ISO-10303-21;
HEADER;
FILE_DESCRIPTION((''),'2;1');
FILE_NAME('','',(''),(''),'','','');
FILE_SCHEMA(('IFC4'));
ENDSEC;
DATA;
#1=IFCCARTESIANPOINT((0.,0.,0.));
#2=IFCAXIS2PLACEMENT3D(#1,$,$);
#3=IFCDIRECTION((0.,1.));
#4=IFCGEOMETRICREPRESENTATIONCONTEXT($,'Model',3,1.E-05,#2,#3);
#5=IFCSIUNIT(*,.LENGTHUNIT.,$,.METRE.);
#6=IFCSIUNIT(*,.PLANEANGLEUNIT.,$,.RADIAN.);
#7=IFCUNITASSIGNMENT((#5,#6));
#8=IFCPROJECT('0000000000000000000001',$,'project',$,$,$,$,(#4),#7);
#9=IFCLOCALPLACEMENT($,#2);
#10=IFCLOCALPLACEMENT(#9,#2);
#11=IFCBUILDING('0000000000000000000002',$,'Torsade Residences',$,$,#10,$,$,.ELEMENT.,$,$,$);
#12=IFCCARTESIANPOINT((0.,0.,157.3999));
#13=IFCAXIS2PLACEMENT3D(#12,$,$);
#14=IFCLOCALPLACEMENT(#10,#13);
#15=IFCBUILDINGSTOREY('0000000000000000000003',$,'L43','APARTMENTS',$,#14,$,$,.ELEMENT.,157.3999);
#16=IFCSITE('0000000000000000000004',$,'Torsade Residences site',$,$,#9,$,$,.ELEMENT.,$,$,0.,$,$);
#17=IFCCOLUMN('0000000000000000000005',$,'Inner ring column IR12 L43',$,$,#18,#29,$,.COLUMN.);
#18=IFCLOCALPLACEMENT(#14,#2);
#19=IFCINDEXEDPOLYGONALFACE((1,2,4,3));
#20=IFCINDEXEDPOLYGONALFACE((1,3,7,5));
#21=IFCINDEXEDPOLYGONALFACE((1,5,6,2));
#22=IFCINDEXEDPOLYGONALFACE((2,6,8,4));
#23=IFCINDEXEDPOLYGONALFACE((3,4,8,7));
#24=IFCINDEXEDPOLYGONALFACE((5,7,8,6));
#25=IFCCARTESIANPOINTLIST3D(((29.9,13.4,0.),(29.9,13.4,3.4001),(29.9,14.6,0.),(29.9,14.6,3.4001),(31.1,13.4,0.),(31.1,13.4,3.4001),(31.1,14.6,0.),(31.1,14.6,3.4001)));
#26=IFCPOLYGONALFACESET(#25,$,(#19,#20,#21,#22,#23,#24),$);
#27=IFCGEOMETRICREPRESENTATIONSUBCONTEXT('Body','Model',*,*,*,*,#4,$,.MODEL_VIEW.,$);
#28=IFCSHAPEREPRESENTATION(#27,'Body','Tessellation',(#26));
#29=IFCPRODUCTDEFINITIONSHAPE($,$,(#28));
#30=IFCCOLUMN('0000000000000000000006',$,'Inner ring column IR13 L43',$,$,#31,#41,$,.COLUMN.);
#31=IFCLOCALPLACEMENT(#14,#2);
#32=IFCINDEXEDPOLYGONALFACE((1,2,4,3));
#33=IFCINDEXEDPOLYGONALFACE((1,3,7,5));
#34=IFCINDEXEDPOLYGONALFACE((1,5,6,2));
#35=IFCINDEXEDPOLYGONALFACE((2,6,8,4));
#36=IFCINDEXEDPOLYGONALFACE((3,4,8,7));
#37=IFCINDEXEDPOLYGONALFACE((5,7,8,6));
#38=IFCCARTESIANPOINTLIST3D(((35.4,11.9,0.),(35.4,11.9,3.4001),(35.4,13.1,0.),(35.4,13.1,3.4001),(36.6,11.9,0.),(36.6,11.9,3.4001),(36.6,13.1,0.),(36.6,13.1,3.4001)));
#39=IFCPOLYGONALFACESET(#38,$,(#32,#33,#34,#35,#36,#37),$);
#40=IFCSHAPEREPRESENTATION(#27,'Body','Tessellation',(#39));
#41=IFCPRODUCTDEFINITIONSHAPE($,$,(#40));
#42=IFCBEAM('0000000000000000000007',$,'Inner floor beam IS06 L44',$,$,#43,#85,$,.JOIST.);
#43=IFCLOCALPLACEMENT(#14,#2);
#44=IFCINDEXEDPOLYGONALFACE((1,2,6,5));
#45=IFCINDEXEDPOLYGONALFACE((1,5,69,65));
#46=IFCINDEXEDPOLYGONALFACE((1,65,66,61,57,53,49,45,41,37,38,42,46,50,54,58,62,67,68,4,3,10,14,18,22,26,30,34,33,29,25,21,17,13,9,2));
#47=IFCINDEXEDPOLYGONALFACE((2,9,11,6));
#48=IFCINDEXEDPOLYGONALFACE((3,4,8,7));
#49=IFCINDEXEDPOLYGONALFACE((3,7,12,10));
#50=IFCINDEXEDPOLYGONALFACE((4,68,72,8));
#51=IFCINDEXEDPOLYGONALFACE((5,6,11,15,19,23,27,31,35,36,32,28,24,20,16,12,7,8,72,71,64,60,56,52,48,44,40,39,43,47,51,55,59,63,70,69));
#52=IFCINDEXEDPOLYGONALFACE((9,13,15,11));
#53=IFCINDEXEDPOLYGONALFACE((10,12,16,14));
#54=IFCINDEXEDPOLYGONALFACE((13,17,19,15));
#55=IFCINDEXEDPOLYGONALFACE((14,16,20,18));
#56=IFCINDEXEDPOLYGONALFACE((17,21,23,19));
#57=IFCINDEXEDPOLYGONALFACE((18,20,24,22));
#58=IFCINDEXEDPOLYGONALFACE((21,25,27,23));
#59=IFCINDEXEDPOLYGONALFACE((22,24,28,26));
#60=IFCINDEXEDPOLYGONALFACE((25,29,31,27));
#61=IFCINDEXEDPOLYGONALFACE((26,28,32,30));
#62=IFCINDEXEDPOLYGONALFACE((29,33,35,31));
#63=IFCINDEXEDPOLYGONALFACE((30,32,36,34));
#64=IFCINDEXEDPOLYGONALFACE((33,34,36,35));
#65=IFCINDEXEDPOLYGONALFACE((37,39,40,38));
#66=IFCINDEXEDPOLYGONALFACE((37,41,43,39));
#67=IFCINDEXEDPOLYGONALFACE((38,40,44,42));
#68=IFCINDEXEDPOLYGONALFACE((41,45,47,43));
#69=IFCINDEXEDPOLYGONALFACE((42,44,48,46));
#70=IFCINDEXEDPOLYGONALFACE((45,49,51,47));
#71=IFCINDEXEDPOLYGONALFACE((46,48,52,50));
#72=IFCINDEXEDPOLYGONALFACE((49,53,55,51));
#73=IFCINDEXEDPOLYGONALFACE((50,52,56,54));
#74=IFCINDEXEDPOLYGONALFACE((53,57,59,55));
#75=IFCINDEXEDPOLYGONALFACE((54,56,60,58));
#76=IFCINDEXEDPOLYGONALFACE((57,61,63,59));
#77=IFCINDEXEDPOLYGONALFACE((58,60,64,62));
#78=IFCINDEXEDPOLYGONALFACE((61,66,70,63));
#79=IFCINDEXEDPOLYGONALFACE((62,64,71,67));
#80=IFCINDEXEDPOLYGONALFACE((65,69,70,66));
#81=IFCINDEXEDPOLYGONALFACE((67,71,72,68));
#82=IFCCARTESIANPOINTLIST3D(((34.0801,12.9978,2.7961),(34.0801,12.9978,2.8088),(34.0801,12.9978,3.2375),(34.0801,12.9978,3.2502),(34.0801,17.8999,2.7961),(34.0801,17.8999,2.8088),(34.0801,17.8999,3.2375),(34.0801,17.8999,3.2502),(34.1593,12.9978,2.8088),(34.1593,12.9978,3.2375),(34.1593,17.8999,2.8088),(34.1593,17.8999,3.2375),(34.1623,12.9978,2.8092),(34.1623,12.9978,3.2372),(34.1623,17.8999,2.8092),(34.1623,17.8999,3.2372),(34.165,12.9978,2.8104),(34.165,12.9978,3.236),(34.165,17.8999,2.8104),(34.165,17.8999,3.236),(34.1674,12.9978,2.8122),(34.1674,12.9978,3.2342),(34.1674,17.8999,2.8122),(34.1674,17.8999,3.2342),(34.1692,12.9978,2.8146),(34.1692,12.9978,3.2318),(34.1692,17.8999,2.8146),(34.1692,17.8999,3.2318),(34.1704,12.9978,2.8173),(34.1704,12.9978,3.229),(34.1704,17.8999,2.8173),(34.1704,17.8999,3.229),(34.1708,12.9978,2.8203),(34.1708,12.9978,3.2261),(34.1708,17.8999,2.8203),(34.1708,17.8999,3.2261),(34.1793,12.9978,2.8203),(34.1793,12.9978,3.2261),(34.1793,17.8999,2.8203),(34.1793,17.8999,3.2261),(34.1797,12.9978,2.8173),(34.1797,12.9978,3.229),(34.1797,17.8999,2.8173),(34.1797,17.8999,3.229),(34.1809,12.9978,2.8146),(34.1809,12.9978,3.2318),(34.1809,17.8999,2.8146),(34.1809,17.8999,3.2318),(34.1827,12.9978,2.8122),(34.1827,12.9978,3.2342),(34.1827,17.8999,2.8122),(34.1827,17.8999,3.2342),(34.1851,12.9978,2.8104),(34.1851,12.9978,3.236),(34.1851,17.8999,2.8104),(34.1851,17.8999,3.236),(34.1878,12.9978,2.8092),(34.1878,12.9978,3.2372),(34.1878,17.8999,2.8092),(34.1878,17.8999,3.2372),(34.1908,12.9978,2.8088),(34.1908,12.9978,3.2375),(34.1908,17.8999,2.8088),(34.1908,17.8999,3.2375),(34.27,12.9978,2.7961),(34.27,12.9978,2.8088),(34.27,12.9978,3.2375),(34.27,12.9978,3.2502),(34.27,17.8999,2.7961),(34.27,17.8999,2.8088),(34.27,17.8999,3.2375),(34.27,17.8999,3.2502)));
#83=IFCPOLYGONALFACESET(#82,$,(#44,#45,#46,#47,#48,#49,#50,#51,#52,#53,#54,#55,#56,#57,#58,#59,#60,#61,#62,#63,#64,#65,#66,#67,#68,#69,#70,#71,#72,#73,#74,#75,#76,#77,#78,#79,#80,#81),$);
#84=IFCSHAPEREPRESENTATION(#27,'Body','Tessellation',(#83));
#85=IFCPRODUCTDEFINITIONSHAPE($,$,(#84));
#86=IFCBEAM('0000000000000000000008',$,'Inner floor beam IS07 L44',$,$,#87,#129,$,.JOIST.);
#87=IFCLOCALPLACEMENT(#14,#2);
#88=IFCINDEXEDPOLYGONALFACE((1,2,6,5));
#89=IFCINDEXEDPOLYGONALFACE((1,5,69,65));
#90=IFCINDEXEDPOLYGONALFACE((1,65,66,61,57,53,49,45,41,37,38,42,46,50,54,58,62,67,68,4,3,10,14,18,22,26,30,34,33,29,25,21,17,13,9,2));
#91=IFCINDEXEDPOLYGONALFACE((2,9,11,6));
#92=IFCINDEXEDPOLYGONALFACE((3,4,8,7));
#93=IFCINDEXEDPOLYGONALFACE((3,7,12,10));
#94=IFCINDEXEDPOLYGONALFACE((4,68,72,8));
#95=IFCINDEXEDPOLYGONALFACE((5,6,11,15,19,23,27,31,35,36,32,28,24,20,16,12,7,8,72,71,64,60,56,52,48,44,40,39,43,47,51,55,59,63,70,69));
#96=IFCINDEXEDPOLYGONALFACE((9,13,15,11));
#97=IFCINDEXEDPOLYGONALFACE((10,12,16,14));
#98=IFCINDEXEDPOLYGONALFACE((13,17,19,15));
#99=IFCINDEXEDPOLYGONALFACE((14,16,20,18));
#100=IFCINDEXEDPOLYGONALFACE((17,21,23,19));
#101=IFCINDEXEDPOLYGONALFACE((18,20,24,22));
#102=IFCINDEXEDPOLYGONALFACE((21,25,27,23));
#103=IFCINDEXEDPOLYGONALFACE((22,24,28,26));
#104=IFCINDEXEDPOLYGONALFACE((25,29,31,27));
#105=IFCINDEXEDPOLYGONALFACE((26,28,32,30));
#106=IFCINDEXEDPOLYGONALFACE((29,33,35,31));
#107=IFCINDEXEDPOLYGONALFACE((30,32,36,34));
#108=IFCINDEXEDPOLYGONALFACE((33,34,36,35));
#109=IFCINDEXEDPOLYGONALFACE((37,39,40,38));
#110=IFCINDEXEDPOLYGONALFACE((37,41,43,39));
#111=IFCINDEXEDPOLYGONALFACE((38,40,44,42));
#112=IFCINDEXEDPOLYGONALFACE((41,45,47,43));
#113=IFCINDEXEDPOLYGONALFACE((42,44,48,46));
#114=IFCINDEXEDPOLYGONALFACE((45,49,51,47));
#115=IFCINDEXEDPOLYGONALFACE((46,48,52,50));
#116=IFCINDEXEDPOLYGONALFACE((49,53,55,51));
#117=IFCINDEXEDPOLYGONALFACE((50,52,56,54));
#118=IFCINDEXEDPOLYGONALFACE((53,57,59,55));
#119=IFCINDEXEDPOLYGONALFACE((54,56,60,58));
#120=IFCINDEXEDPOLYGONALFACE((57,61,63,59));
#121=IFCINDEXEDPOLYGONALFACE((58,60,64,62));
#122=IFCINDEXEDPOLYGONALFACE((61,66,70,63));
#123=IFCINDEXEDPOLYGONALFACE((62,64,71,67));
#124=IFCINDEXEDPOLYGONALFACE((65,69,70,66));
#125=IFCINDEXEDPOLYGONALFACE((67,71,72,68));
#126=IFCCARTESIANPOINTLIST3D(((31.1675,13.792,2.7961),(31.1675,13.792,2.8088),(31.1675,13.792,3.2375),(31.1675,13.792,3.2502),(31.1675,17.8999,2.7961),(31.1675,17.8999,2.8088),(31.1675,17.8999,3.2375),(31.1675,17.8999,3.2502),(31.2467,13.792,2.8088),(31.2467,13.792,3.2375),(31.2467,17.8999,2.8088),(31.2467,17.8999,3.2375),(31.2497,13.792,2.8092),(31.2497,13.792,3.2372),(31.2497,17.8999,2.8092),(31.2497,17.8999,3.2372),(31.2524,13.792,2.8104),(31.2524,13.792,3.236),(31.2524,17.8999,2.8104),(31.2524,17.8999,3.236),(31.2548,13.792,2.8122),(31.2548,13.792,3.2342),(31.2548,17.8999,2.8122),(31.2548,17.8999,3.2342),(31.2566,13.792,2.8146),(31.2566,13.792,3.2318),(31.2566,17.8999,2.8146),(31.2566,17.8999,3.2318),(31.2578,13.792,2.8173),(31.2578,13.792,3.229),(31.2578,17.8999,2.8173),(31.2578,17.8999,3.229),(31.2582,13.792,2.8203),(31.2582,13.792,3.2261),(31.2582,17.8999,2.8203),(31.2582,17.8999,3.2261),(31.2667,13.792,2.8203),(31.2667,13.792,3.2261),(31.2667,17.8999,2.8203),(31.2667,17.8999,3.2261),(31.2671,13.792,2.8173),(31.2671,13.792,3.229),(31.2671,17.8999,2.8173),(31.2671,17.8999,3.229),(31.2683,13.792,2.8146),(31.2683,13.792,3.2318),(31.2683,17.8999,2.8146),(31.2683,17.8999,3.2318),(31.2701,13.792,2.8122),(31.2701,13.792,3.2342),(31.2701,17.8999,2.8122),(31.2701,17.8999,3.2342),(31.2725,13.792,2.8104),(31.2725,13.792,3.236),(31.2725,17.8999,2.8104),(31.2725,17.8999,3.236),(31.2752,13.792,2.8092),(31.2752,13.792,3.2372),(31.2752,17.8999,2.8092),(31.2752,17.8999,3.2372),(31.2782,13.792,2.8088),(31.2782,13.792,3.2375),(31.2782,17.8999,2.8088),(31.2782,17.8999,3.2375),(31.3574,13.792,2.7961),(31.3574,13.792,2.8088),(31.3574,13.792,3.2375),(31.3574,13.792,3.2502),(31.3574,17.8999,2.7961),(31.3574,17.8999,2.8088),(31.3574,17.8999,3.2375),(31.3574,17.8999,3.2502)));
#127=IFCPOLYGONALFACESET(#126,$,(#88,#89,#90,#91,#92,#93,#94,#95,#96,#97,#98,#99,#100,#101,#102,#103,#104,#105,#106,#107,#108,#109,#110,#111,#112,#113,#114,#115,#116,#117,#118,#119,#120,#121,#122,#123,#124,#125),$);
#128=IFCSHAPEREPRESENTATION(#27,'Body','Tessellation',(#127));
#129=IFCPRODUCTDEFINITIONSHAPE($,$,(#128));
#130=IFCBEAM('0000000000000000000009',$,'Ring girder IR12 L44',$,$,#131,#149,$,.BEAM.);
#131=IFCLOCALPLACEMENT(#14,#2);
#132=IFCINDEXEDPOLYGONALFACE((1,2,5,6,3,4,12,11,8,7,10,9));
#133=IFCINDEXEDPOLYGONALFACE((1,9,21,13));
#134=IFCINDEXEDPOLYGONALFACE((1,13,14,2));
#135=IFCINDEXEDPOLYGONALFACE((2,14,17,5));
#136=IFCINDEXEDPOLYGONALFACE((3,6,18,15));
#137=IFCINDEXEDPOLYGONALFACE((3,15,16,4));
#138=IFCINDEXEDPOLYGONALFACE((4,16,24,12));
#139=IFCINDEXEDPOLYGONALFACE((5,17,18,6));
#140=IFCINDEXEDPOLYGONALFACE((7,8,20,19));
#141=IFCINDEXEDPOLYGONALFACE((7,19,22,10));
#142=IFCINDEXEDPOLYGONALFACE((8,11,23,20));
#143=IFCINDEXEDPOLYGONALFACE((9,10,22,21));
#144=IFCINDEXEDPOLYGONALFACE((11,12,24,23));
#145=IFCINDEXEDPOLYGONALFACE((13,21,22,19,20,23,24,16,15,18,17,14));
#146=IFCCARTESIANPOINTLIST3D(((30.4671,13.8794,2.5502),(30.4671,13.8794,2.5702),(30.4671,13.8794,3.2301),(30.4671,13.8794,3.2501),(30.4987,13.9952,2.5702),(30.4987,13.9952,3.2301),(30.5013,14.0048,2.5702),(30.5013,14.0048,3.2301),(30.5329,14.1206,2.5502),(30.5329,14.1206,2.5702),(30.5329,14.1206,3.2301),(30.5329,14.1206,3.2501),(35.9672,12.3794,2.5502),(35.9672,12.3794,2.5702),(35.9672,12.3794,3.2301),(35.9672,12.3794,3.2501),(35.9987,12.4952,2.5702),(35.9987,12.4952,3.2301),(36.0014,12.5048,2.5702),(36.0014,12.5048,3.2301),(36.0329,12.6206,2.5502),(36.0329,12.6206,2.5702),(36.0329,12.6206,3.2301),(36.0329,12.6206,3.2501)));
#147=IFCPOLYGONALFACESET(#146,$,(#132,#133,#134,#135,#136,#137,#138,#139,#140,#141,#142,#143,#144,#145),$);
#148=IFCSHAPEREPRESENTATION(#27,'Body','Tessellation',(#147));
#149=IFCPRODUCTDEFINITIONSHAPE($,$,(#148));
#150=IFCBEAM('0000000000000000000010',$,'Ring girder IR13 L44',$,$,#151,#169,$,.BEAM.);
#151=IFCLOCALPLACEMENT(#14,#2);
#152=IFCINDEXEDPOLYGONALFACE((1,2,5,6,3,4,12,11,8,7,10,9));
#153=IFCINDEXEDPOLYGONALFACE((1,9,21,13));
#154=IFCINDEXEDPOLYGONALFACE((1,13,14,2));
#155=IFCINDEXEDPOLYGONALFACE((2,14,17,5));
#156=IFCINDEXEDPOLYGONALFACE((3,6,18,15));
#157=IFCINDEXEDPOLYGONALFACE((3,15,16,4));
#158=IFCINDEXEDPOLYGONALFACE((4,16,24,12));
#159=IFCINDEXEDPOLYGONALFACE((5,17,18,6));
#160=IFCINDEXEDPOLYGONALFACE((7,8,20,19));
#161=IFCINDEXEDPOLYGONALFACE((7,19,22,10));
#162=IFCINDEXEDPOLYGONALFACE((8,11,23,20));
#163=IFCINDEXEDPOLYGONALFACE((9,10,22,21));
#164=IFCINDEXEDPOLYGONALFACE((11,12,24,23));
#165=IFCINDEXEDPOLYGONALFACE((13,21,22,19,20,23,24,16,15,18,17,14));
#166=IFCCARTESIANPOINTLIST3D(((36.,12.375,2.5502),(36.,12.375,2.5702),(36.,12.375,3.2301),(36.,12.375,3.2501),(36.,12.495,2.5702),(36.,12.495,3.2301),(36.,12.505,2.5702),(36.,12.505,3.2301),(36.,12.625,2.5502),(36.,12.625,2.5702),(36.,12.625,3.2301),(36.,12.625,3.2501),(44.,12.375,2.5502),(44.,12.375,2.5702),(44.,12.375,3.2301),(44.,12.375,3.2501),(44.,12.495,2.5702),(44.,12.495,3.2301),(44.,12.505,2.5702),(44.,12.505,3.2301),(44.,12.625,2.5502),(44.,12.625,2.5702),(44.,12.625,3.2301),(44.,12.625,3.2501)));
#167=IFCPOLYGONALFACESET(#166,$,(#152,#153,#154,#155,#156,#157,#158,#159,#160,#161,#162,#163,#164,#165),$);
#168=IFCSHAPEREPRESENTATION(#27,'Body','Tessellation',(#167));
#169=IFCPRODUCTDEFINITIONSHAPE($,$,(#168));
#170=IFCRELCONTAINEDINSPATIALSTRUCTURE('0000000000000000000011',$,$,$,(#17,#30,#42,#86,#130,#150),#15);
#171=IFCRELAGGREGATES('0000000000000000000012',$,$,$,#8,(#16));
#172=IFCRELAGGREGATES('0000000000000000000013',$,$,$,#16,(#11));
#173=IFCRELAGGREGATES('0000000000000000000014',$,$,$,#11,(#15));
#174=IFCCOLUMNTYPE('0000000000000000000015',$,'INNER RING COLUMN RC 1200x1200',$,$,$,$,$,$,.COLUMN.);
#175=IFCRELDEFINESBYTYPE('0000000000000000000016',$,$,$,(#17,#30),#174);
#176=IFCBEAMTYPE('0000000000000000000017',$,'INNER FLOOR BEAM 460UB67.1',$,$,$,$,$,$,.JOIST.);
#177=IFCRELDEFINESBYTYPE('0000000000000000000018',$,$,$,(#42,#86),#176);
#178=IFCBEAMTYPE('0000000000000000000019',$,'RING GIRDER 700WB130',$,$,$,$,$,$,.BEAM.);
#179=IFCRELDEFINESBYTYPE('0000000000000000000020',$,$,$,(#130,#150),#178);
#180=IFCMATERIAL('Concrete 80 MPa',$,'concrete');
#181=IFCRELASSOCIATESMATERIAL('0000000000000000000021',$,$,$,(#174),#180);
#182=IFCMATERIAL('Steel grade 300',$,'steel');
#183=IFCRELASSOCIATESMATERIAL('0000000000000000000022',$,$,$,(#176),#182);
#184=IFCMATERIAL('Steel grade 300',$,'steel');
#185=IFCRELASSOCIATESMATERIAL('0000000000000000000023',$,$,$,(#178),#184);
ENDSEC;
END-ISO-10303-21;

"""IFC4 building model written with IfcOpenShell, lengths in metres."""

from ifc_helpers import new_model, si_unit, direction, frame, origin, origin_2d, place, context, subcontext, project, spatial, rectangle, i_section, extrude, material, material_profile, profile_set, type_object, element, save


model = new_model("IFC4")

# Units and contexts
model_context = context("Model", 3, precision=1e-05, world=origin(), true_north=direction((0.0, 1.0)))
body_context = subcontext(model_context, "Body", "Model", "MODEL_VIEW")
ifc_project = project(units=[si_unit("LENGTHUNIT", "METRE"), si_unit("PLANEANGLEUNIT", "RADIAN")], contexts=[model_context])

# Site, building, storey
site_placement = place(None, origin())
site = spatial("IfcSite", under=ifc_project, at=site_placement, Name="Torsade Residences site", CompositionType="ELEMENT", RefElevation=0.0)
building_placement = place(site_placement, origin())
building = spatial("IfcBuilding", under=site, at=building_placement, Name="Torsade Residences", CompositionType="ELEMENT")
storey_placement = place(building_placement, frame((0.0, 0.0, 157.3999)))
storey = spatial("IfcBuildingStorey", under=building, at=storey_placement, Name="L43", Description="APARTMENTS", CompositionType="ELEMENT", Elevation=157.3999)

# Columns
ifc_material_1 = material(Name="Concrete 80 MPa", Category="concrete")
ifc_material_profile_1 = material_profile(ifc_material_1, rectangle(XDim=1.2, YDim=1.2, at=origin_2d()), Name="RC 1200x1200")
ifc_profile_set_1 = profile_set([ifc_material_profile_1], Name="Concrete 80 MPa")
column_type = type_object("IfcColumnType", Name="INNER RING COLUMN RC 1200x1200", PredefinedType="COLUMN", material=ifc_profile_set_1)
for number, where, z_axis, x_axis, name in (
    (1, (30.5, 14.0, 0.0), (0.0, 0.0, 1.0), (1.0, 0.0, 0.0), "Inner ring column IR12 L43"),
    (2, (36.0, 12.5, 0.0), (0.0, 0.0, 1.0), (1.0, 0.0, 0.0), "Inner ring column IR13 L43"),
):
    element("IfcColumn", number, at=place(storey_placement, frame(where, z_axis=z_axis, x_axis=x_axis)), inside=storey, type_object=column_type, Name=name, PredefinedType="COLUMN", context=body_context, shape_type="SweptSolid", body=[
        extrude(rectangle(XDim=1.2, YDim=1.2, at=origin_2d()), origin(), (0.0, 0.0, 1.0), 3.4001),
    ])

# Beams
ifc_material_2 = material(Name="Steel grade 300", Category="steel")
ifc_material_profile_2 = material_profile(ifc_material_2, i_section(OverallWidth=0.1899, OverallDepth=0.4541, WebThickness=0.0085, FlangeThickness=0.0127, FilletRadius=0.0115, at=origin_2d()), Name="460UB67.1")
ifc_profile_set_2 = profile_set([ifc_material_profile_2], Name="Steel grade 300")
beam_type_1 = type_object("IfcBeamType", Name="INNER FLOOR BEAM 460UB67.1", PredefinedType="JOIST", material=ifc_profile_set_2)
beam_1_placement = place(storey_placement, frame((34.175, 17.8999, 3.0232), z_axis=(0.0, -1.0, 0.0), x_axis=(1.0, 0.0, 0.0)))
element("IfcBeam", 3, at=beam_1_placement, inside=storey, type_object=beam_type_1, Name="Inner floor beam IS06 L44", PredefinedType="JOIST", context=body_context, shape_type="SweptSolid", body=[
    extrude(i_section(OverallWidth=0.1899, OverallDepth=0.4541, WebThickness=0.0085, FlangeThickness=0.0127, FilletRadius=0.0115, at=origin_2d()), origin(), (0.0, 0.0, 1.0), 4.9021),
])
beam_2_placement = place(storey_placement, frame((31.2625, 17.8999, 3.0232), z_axis=(0.0, -1.0, 0.0), x_axis=(1.0, 0.0, 0.0)))
element("IfcBeam", 4, at=beam_2_placement, inside=storey, type_object=beam_type_1, Name="Inner floor beam IS07 L44", PredefinedType="JOIST", context=body_context, shape_type="SweptSolid", body=[
    extrude(i_section(OverallWidth=0.1899, OverallDepth=0.4541, WebThickness=0.0085, FlangeThickness=0.0127, FilletRadius=0.0115, at=origin_2d()), origin(), (0.0, 0.0, 1.0), 4.1079),
])
ifc_material_3 = material(Name="Steel grade 300", Category="steel")
ifc_material_profile_3 = material_profile(ifc_material_3, i_section(OverallWidth=0.25, OverallDepth=0.7, WebThickness=0.01, FlangeThickness=0.02, at=origin_2d()), Name="700WB130")
ifc_profile_set_3 = profile_set([ifc_material_profile_3], Name="Steel grade 300")
beam_type_2 = type_object("IfcBeamType", Name="RING GIRDER 700WB130", PredefinedType="BEAM", material=ifc_profile_set_3)
beam_3_placement = place(storey_placement, frame((30.5, 14.0, 2.9001), z_axis=(0.964764, -0.263117, 0.0), x_axis=(0.263117, 0.964764, 0.0)))
element("IfcBeam", 5, at=beam_3_placement, inside=storey, type_object=beam_type_2, Name="Ring girder IR12 L44", PredefinedType="BEAM", context=body_context, shape_type="SweptSolid", body=[
    extrude(i_section(OverallWidth=0.25, OverallDepth=0.7, WebThickness=0.01, FlangeThickness=0.02, at=origin_2d()), origin(), (0.0, 0.0, 1.0), 5.7009),
])
beam_4_placement = place(storey_placement, frame((36.0, 12.5, 2.9001), z_axis=(1.0, 0.0, 0.0), x_axis=(0.0, 1.0, 0.0)))
element("IfcBeam", 6, at=beam_4_placement, inside=storey, type_object=beam_type_2, Name="Ring girder IR13 L44", PredefinedType="BEAM", context=body_context, shape_type="SweptSolid", body=[
    extrude(i_section(OverallWidth=0.25, OverallDepth=0.7, WebThickness=0.01, FlangeThickness=0.02, at=origin_2d()), origin(), (0.0, 0.0, 1.0), 8.0),
])

save(model, "model.ifc")
